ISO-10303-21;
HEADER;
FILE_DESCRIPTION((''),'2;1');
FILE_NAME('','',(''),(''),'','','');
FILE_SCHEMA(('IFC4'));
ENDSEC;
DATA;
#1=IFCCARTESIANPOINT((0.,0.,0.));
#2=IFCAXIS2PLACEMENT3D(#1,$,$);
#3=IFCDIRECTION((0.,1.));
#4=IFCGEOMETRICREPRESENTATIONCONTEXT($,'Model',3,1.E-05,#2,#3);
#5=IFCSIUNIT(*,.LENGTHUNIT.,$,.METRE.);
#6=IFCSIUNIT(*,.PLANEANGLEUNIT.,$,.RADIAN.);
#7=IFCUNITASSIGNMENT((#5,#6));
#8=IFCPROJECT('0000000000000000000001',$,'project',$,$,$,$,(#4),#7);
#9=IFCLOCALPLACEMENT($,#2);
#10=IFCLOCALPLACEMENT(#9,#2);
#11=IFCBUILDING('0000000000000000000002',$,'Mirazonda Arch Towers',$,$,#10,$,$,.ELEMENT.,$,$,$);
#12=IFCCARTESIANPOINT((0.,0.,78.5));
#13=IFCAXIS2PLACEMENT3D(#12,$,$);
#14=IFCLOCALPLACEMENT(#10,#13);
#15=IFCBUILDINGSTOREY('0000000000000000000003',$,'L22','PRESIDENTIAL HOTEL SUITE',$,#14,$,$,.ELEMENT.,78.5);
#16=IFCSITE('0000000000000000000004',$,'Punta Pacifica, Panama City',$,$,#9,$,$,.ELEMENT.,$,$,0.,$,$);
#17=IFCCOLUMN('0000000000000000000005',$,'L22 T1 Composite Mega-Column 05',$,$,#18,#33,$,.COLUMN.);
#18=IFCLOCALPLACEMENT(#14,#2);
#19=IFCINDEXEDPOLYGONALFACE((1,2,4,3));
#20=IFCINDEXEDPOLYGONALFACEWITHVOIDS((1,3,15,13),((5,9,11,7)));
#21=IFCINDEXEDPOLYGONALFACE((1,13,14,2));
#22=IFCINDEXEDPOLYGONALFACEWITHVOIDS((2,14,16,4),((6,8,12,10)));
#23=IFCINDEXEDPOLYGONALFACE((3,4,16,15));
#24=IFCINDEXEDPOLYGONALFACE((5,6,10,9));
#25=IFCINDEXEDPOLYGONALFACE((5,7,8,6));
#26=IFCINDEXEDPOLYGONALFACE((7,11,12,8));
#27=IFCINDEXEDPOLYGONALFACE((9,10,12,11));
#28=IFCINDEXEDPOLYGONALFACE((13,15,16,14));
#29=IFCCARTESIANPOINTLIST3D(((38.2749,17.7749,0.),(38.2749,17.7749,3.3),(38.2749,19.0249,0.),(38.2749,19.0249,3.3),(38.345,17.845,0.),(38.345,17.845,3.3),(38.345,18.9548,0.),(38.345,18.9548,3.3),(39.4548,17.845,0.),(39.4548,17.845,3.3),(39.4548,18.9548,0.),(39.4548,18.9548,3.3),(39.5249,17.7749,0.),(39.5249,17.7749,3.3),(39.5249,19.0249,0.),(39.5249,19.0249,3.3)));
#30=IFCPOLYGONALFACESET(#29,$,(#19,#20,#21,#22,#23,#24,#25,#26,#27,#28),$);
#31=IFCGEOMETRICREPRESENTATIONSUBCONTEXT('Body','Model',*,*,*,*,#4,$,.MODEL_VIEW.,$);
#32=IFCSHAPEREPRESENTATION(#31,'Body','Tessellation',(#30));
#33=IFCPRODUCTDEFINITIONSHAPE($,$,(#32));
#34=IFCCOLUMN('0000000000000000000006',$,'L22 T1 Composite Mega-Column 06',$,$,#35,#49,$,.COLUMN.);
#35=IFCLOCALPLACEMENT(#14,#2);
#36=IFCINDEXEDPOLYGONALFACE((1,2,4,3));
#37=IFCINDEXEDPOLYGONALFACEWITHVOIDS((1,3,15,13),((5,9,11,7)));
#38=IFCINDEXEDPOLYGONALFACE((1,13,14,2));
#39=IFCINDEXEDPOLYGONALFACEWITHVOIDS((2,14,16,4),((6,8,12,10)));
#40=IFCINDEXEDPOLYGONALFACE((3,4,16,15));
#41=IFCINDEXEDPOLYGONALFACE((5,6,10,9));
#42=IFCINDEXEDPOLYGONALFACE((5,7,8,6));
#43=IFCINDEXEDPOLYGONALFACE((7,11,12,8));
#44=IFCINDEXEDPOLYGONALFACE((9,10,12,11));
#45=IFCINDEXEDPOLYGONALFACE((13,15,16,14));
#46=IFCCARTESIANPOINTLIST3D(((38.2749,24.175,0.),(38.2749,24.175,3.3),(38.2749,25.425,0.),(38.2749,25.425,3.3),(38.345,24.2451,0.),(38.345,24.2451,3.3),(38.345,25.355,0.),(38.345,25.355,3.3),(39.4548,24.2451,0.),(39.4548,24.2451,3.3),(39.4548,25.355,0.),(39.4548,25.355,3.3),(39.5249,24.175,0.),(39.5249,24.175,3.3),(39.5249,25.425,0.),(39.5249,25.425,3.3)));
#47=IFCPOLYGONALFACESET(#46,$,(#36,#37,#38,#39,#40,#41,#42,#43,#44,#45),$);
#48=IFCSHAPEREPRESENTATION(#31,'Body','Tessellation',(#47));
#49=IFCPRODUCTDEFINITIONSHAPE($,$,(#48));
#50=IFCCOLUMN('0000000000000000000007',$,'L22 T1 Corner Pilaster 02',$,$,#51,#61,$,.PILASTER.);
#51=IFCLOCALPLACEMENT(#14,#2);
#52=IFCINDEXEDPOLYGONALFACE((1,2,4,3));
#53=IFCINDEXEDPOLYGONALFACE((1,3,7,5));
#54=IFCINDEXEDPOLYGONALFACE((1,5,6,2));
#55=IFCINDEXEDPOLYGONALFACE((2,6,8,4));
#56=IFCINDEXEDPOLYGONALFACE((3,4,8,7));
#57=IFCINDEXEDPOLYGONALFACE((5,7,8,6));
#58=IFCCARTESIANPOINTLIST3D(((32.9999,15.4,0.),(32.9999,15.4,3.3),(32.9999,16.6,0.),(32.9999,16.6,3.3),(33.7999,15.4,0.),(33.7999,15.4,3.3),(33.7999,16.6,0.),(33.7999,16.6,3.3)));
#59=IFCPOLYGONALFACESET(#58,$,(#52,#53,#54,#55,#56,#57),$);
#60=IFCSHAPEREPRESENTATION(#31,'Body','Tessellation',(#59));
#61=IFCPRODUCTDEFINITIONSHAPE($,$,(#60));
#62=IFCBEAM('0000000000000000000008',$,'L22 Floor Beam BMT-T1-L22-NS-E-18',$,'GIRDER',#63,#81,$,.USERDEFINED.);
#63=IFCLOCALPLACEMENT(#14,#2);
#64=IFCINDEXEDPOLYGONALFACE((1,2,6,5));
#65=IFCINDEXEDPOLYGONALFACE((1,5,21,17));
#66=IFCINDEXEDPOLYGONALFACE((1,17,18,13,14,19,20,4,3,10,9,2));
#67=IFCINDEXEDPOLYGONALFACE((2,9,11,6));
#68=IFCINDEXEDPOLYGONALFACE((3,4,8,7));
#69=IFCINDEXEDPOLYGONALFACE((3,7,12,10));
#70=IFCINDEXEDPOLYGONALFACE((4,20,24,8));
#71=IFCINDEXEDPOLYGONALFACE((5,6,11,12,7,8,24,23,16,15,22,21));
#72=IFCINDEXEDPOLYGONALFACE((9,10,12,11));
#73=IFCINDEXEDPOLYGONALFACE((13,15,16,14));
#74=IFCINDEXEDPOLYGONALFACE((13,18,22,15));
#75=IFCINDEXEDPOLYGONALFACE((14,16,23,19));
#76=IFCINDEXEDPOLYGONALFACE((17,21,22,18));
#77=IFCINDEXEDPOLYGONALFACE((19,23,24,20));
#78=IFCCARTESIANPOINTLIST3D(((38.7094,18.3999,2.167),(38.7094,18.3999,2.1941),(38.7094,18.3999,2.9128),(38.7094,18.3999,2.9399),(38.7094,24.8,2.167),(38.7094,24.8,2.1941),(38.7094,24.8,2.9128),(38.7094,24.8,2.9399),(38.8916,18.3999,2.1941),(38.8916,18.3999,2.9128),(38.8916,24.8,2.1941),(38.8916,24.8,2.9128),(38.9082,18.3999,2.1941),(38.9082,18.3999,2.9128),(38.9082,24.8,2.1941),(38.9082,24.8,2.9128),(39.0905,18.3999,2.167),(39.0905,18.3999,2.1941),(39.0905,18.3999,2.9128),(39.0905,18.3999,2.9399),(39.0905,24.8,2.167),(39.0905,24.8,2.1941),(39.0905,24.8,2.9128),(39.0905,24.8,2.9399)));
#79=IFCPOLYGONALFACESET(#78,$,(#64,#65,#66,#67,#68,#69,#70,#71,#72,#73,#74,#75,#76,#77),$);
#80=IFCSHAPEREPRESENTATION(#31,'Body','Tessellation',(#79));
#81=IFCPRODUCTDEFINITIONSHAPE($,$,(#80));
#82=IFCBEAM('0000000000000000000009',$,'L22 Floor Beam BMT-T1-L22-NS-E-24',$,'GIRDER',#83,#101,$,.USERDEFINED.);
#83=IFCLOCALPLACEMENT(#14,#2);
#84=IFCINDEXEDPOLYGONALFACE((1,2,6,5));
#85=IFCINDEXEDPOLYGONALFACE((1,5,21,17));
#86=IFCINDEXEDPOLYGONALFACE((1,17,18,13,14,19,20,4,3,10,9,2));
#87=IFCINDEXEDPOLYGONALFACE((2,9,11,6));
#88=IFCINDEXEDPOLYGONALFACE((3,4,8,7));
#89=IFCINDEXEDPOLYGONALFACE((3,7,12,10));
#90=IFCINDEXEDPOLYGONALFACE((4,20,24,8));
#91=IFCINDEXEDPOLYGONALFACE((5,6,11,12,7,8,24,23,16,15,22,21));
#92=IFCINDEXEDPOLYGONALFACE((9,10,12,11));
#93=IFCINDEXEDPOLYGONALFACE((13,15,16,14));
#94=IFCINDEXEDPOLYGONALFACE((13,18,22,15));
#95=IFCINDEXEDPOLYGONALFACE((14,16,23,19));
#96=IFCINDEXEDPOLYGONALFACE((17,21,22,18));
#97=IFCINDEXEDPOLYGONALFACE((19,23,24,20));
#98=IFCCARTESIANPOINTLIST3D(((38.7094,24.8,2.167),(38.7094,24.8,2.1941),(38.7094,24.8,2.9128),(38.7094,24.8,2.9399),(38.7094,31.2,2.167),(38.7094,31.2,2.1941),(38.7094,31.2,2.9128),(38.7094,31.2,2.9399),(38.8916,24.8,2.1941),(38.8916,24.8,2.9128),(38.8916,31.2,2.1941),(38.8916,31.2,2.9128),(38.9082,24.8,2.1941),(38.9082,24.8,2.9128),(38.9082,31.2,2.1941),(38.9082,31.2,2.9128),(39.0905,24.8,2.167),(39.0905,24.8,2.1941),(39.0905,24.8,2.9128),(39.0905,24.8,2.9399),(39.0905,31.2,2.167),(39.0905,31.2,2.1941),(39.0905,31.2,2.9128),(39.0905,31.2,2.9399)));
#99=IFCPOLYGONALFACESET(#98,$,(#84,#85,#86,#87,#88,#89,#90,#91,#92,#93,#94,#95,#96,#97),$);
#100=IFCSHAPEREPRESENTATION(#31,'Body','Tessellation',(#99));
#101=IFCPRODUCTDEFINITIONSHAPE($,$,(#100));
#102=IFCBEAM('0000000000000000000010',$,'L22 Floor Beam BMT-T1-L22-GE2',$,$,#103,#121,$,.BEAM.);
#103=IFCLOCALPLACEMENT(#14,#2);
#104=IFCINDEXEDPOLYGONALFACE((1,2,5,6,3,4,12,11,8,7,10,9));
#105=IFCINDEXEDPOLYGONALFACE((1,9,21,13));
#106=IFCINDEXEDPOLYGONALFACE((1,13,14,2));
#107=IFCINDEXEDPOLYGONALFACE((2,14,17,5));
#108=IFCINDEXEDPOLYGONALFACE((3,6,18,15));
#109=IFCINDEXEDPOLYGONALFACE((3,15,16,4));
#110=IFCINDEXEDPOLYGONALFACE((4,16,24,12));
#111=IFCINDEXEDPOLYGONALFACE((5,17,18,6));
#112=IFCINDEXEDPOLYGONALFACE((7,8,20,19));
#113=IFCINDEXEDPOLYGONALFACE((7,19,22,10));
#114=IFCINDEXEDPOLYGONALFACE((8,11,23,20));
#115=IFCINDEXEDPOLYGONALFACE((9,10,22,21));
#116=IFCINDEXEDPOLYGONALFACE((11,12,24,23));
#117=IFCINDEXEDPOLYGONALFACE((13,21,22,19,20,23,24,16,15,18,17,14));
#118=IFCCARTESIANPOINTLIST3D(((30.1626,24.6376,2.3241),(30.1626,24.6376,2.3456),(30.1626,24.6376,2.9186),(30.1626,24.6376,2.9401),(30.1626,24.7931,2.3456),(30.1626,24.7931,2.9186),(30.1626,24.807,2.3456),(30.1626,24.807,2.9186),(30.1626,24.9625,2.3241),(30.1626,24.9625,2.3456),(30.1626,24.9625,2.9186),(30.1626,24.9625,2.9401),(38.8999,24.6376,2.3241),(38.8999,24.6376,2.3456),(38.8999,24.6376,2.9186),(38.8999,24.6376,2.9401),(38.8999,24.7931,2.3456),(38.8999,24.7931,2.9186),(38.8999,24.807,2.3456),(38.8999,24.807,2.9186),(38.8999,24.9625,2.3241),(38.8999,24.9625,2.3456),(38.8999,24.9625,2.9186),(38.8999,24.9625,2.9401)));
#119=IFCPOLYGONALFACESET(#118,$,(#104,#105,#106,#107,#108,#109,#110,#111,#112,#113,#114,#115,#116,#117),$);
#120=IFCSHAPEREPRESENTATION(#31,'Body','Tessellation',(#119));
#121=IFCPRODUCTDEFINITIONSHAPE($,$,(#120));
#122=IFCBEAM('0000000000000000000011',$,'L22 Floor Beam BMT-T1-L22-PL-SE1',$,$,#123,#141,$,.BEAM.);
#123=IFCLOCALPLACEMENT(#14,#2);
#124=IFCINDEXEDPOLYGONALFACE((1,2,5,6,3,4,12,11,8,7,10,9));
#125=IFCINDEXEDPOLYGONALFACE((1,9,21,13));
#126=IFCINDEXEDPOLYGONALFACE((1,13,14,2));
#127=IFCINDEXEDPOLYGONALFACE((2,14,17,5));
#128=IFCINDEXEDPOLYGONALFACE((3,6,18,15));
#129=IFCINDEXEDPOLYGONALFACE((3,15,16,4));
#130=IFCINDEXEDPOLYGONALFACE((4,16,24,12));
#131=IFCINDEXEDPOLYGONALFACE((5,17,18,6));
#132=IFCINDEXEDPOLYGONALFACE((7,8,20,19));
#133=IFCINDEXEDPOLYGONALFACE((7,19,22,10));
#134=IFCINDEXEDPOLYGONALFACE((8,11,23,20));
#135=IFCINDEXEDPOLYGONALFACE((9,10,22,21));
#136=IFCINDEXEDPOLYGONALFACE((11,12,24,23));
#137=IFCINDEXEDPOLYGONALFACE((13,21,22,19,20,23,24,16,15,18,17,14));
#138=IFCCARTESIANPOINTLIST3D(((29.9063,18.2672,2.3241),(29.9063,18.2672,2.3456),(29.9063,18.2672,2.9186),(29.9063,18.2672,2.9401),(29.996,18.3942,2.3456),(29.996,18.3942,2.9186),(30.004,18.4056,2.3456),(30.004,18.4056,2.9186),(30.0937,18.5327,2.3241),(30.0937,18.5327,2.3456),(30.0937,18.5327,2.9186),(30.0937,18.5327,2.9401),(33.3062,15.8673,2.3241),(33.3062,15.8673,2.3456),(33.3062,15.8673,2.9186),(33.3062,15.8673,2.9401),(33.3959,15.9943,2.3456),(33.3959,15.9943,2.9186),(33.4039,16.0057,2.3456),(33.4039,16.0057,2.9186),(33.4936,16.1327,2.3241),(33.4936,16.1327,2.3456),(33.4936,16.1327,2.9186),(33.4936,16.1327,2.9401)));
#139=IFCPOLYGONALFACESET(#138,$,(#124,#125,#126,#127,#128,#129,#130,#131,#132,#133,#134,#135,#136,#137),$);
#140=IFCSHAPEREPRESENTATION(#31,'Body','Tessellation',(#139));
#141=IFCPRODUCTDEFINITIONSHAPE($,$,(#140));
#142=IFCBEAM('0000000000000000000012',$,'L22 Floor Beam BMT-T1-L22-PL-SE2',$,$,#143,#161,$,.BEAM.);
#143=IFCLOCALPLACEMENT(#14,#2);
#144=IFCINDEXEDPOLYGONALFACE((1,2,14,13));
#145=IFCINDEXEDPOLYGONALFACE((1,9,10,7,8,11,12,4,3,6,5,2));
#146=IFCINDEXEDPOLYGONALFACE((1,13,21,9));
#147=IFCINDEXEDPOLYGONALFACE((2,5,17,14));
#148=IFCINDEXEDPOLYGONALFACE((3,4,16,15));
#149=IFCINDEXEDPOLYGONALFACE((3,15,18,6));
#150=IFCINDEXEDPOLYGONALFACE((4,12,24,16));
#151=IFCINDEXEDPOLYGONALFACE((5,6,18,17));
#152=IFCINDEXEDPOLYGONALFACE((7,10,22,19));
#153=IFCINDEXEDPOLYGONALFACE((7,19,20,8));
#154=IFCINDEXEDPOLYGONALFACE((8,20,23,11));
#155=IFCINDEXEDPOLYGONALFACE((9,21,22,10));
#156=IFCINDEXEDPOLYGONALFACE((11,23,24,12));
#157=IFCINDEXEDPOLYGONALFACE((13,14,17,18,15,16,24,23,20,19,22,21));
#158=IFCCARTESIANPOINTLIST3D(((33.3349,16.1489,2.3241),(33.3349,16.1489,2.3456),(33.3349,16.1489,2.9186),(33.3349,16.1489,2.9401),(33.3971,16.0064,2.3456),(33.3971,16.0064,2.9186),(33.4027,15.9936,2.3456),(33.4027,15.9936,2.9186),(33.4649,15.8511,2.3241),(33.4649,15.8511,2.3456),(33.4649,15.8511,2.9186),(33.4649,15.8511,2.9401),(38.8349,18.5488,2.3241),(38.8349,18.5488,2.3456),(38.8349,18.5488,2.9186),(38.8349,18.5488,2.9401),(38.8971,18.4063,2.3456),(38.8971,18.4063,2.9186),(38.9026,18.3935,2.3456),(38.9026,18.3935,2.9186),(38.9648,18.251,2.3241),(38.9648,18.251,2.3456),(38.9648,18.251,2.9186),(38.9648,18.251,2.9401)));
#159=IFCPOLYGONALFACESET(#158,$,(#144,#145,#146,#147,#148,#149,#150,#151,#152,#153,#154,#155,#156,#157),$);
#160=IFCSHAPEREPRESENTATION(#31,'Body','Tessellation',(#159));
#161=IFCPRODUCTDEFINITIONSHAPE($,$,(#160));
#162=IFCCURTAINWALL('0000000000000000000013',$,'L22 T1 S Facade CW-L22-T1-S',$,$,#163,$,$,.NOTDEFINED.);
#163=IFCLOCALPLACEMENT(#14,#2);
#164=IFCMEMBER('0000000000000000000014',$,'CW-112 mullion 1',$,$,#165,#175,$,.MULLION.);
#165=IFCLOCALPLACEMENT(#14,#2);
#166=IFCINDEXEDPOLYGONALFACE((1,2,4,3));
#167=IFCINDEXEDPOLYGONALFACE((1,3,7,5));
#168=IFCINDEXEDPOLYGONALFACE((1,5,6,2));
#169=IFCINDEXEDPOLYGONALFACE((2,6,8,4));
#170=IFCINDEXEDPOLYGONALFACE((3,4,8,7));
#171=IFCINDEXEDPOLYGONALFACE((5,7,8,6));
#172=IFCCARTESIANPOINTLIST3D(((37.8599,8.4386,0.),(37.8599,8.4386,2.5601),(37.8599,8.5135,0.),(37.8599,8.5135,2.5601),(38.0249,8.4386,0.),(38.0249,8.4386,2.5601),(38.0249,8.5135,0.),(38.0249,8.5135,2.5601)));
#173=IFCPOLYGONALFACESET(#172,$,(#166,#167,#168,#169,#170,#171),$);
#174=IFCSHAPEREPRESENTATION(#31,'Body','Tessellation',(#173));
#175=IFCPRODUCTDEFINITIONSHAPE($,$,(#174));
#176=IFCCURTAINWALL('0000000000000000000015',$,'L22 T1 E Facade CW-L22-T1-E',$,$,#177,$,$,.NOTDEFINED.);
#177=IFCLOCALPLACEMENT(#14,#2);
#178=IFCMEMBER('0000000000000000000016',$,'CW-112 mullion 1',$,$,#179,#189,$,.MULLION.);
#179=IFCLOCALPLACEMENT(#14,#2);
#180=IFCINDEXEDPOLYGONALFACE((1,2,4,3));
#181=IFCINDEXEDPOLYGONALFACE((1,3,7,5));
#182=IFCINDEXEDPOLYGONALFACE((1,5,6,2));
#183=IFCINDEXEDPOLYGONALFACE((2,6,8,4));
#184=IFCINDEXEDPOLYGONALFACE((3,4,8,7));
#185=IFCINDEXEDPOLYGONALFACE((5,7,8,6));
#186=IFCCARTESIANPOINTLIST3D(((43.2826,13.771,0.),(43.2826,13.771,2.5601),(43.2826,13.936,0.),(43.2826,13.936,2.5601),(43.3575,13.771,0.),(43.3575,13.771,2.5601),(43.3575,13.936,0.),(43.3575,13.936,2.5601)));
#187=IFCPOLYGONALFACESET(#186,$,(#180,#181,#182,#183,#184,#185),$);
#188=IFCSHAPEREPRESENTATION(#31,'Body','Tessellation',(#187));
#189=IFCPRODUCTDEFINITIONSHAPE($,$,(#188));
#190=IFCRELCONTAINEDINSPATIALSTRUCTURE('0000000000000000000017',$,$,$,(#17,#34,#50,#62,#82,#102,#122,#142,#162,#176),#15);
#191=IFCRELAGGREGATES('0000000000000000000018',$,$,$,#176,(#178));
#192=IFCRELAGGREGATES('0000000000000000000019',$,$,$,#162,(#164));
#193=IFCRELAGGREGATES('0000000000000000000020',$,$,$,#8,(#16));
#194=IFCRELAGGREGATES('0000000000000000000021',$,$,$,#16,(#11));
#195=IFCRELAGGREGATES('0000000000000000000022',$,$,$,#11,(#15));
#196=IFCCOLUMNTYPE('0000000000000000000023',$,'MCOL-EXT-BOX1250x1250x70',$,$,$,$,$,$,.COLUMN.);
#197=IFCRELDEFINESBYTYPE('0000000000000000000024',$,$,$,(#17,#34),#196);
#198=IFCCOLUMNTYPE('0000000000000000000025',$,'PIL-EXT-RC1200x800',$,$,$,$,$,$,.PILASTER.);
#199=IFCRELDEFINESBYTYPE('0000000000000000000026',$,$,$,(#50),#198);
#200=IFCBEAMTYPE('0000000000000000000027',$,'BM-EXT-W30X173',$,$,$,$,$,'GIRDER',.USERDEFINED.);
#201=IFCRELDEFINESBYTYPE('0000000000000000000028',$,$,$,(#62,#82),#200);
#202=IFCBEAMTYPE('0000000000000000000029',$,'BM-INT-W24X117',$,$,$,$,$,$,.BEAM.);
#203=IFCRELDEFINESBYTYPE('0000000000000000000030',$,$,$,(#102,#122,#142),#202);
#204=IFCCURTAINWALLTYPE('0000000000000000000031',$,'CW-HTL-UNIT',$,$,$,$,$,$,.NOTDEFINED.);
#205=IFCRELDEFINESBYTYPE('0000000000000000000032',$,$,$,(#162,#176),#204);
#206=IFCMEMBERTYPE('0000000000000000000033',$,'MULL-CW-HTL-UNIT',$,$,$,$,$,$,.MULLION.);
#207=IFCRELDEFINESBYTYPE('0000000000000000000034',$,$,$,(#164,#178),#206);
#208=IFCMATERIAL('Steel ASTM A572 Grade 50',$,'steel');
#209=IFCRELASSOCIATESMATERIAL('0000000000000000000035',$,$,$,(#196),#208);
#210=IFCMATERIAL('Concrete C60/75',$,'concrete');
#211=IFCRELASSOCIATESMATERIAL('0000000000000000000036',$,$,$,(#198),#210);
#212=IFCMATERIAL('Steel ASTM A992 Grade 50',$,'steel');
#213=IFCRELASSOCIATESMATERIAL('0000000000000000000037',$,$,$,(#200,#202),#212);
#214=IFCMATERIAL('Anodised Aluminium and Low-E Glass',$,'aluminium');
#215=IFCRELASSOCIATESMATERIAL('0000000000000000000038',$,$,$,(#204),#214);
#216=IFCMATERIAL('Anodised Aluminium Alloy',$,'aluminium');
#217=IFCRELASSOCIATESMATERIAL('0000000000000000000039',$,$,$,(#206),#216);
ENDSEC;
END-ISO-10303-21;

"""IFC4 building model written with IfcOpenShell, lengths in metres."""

from ifc_helpers import new_model, si_unit, direction, frame, origin, origin_2d, place, context, subcontext, project, spatial, rectangle, hollow_rectangle, i_section, extrude, material, material_profile, profile_set, type_object, element, aggregate, save


model = new_model("IFC4")

# Units and contexts
model_context = context("Model", 3, precision=1e-05, world=origin(), true_north=direction((0.0, 1.0)))
body_context = subcontext(model_context, "Body", "Model", "MODEL_VIEW")
ifc_project = project(units=[si_unit("LENGTHUNIT", "METRE"), si_unit("PLANEANGLEUNIT", "RADIAN")], contexts=[model_context])

# Site, building, storey
site_placement = place(None, origin())
site = spatial("IfcSite", under=ifc_project, at=site_placement, Name="Punta Pacifica, Panama City", CompositionType="ELEMENT", RefElevation=0.0)
building_placement = place(site_placement, origin())
building = spatial("IfcBuilding", under=site, at=building_placement, Name="Mirazonda Arch Towers", CompositionType="ELEMENT")
storey_placement = place(building_placement, frame((0.0, 0.0, 78.5)))
storey = spatial("IfcBuildingStorey", under=building, at=storey_placement, Name="L22", Description="PRESIDENTIAL HOTEL SUITE", CompositionType="ELEMENT", Elevation=78.5)

# Columns
ifc_material_1 = material(Name="Steel ASTM A572 Grade 50", Category="steel")
ifc_material_profile_1 = material_profile(ifc_material_1, hollow_rectangle(XDim=1.25, YDim=1.25, WallThickness=0.0701, at=origin_2d()), Name="BOX1250x1250x70")
ifc_profile_set_1 = profile_set([ifc_material_profile_1], Name="Steel ASTM A572 Grade 50")
column_type_1 = type_object("IfcColumnType", Name="MCOL-EXT-BOX1250x1250x70", PredefinedType="COLUMN", material=ifc_profile_set_1)
for number, where, z_axis, x_axis, name in (
    (1, (38.8999, 18.3999, 0.0), (0.0, 0.0, 1.0), (1.0, 0.0, 0.0), "L22 T1 Composite Mega-Column 05"),
    (2, (38.8999, 24.8, 0.0), (0.0, 0.0, 1.0), (1.0, 0.0, 0.0), "L22 T1 Composite Mega-Column 06"),
):
    element("IfcColumn", number, at=place(storey_placement, frame(where, z_axis=z_axis, x_axis=x_axis)), inside=storey, type_object=column_type_1, Name=name, PredefinedType="COLUMN", context=body_context, shape_type="SweptSolid", body=[
        extrude(hollow_rectangle(XDim=1.25, YDim=1.25, WallThickness=0.0701, at=origin_2d()), origin(), (0.0, 0.0, 1.0), 3.3),
    ])
ifc_material_2 = material(Name="Concrete C60/75", Category="concrete")
ifc_material_profile_2 = material_profile(ifc_material_2, rectangle(XDim=0.8, YDim=1.2, at=origin_2d()), Name="RC1200x800")
ifc_profile_set_2 = profile_set([ifc_material_profile_2], Name="Concrete C60/75")
column_type_2 = type_object("IfcColumnType", Name="PIL-EXT-RC1200x800", PredefinedType="PILASTER", material=ifc_profile_set_2)
column_placement = place(storey_placement, frame((33.3999, 16.0, 0.0), z_axis=(0.0, 0.0, 1.0), x_axis=(1.0, 0.0, 0.0)))
element("IfcColumn", 3, at=column_placement, inside=storey, type_object=column_type_2, Name="L22 T1 Corner Pilaster 02", PredefinedType="PILASTER", context=body_context, shape_type="SweptSolid", body=[
    extrude(rectangle(XDim=0.8, YDim=1.2, at=origin_2d()), origin(), (0.0, 0.0, 1.0), 3.3),
])

# Beams
ifc_material_3 = material(Name="Steel ASTM A992 Grade 50", Category="steel")
ifc_material_profile_3 = material_profile(ifc_material_3, i_section(OverallWidth=0.3811, OverallDepth=0.7729, WebThickness=0.0166, FlangeThickness=0.0271, at=origin_2d()), Name="W30X173")
ifc_profile_set_3 = profile_set([ifc_material_profile_3], Name="Steel ASTM A992 Grade 50")
beam_type_1 = type_object("IfcBeamType", Name="BM-EXT-W30X173", ElementType="GIRDER", PredefinedType="USERDEFINED", material=ifc_profile_set_3)
beam_1_placement = place(storey_placement, frame((38.8999, 18.3999, 2.5535), z_axis=(0.0, 1.0, 0.0), x_axis=(-1.0, 0.0, 0.0)))
element("IfcBeam", 4, at=beam_1_placement, inside=storey, type_object=beam_type_1, Name="L22 Floor Beam BMT-T1-L22-NS-E-18", ObjectType="GIRDER", PredefinedType="USERDEFINED", context=body_context, shape_type="SweptSolid", body=[
    extrude(i_section(OverallWidth=0.3811, OverallDepth=0.7729, WebThickness=0.0166, FlangeThickness=0.0271, at=origin_2d()), origin(), (0.0, 0.0, 1.0), 6.4001),
])
beam_2_placement = place(storey_placement, frame((38.8999, 24.8, 2.5535), z_axis=(0.0, 1.0, 0.0), x_axis=(-1.0, 0.0, 0.0)))
element("IfcBeam", 5, at=beam_2_placement, inside=storey, type_object=beam_type_1, Name="L22 Floor Beam BMT-T1-L22-NS-E-24", ObjectType="GIRDER", PredefinedType="USERDEFINED", context=body_context, shape_type="SweptSolid", body=[
    extrude(i_section(OverallWidth=0.3811, OverallDepth=0.7729, WebThickness=0.0166, FlangeThickness=0.0271, at=origin_2d()), origin(), (0.0, 0.0, 1.0), 6.3999),
])
ifc_material_profile_4 = material_profile(ifc_material_3, i_section(OverallWidth=0.325, OverallDepth=0.616, WebThickness=0.0139, FlangeThickness=0.0215, at=origin_2d()), Name="W24X117")
ifc_profile_set_4 = profile_set([ifc_material_profile_4], Name="Steel ASTM A992 Grade 50")
beam_type_2 = type_object("IfcBeamType", Name="BM-INT-W24X117", PredefinedType="BEAM", material=ifc_profile_set_4)
beam_3_placement = place(storey_placement, frame((30.1626, 24.8, 2.6321), z_axis=(1.0, 0.0, 0.0), x_axis=(0.0, 1.0, 0.0)))
element("IfcBeam", 6, at=beam_3_placement, inside=storey, type_object=beam_type_2, Name="L22 Floor Beam BMT-T1-L22-GE2", PredefinedType="BEAM", context=body_context, shape_type="SweptSolid", body=[
    extrude(i_section(OverallWidth=0.325, OverallDepth=0.616, WebThickness=0.0139, FlangeThickness=0.0215, at=origin_2d()), origin(), (0.0, 0.0, 1.0), 8.7373),
])
beam_4_placement = place(storey_placement, frame((33.3999, 16.0, 2.6321), z_axis=(-0.816971, 0.576679, 0.0), x_axis=(-0.576679, -0.816971, 0.0)))
element("IfcBeam", 7, at=beam_4_placement, inside=storey, type_object=beam_type_2, Name="L22 Floor Beam BMT-T1-L22-PL-SE1", PredefinedType="BEAM", context=body_context, shape_type="SweptSolid", body=[
    extrude(i_section(OverallWidth=0.325, OverallDepth=0.616, WebThickness=0.0139, FlangeThickness=0.0215, at=origin_2d()), origin(), (0.0, 0.0, 1.0), 4.1616),
])
beam_5_placement = place(storey_placement, frame((33.3999, 16.0, 2.6321), z_axis=(0.916545, 0.399931, 0.0), x_axis=(-0.399931, 0.916545, 0.0)))
element("IfcBeam", 8, at=beam_5_placement, inside=storey, type_object=beam_type_2, Name="L22 Floor Beam BMT-T1-L22-PL-SE2", PredefinedType="BEAM", context=body_context, shape_type="SweptSolid", body=[
    extrude(i_section(OverallWidth=0.325, OverallDepth=0.616, WebThickness=0.0139, FlangeThickness=0.0215, at=origin_2d()), origin(), (0.0, 0.0, 1.0), 6.0007),
])

# Curtain wall, member
ifc_material_4 = material(Name="Anodised Aluminium and Low-E Glass", Category="aluminium")
curtain_wall_type = type_object("IfcCurtainWallType", Name="CW-HTL-UNIT", PredefinedType="NOTDEFINED", material=ifc_material_4)
curtain_wall_1_placement = place(storey_placement, origin())
curtain_wall_1 = element("IfcCurtainWall", 9, at=curtain_wall_1_placement, inside=storey, type_object=curtain_wall_type, Name="L22 T1 S Facade CW-L22-T1-S", PredefinedType="NOTDEFINED")
ifc_material_5 = material(Name="Anodised Aluminium Alloy", Category="aluminium")
ifc_material_profile_5 = material_profile(ifc_material_5, rectangle(XDim=0.075, YDim=0.165, at=origin_2d()), Name="ALU-MULL-75x165")
ifc_profile_set_5 = profile_set([ifc_material_profile_5], Name="Anodised Aluminium Alloy")
member_type_1 = type_object("IfcMemberType", Name="MULL-CW-HTL-UNIT", PredefinedType="MULLION", material=ifc_profile_set_5)
member_1_placement = place(storey_placement, frame((37.9424, 8.4761, 0.0), z_axis=(0.0, 0.0, 1.0), x_axis=(0.0, -1.0, 0.0)))
member_1 = element("IfcMember", 10, at=member_1_placement, type_object=member_type_1, Name="CW-112 mullion 1", PredefinedType="MULLION", context=body_context, shape_type="SweptSolid", body=[
    extrude(rectangle(XDim=0.075, YDim=0.165, at=origin_2d()), origin(), (0.0, 0.0, 1.0), 2.5601),
])

# Curtain wall, member
curtain_wall_2_placement = place(storey_placement, origin())
curtain_wall_2 = element("IfcCurtainWall", 11, at=curtain_wall_2_placement, inside=storey, type_object=curtain_wall_type, Name="L22 T1 E Facade CW-L22-T1-E", PredefinedType="NOTDEFINED")
member_2_placement = place(storey_placement, frame((43.3201, 13.8535, 0.0), z_axis=(0.0, 0.0, 1.0), x_axis=(-1.0, 0.0, 0.0)))
member_2 = element("IfcMember", 12, at=member_2_placement, type_object=member_type_1, Name="CW-112 mullion 1", PredefinedType="MULLION", context=body_context, shape_type="SweptSolid", body=[
    extrude(rectangle(XDim=0.075, YDim=0.165, at=origin_2d()), origin(), (0.0, 0.0, 1.0), 2.5601),
])
aggregate(curtain_wall_2, [member_2])

aggregate(curtain_wall_1, [member_1])

save(model, "model.ifc")
